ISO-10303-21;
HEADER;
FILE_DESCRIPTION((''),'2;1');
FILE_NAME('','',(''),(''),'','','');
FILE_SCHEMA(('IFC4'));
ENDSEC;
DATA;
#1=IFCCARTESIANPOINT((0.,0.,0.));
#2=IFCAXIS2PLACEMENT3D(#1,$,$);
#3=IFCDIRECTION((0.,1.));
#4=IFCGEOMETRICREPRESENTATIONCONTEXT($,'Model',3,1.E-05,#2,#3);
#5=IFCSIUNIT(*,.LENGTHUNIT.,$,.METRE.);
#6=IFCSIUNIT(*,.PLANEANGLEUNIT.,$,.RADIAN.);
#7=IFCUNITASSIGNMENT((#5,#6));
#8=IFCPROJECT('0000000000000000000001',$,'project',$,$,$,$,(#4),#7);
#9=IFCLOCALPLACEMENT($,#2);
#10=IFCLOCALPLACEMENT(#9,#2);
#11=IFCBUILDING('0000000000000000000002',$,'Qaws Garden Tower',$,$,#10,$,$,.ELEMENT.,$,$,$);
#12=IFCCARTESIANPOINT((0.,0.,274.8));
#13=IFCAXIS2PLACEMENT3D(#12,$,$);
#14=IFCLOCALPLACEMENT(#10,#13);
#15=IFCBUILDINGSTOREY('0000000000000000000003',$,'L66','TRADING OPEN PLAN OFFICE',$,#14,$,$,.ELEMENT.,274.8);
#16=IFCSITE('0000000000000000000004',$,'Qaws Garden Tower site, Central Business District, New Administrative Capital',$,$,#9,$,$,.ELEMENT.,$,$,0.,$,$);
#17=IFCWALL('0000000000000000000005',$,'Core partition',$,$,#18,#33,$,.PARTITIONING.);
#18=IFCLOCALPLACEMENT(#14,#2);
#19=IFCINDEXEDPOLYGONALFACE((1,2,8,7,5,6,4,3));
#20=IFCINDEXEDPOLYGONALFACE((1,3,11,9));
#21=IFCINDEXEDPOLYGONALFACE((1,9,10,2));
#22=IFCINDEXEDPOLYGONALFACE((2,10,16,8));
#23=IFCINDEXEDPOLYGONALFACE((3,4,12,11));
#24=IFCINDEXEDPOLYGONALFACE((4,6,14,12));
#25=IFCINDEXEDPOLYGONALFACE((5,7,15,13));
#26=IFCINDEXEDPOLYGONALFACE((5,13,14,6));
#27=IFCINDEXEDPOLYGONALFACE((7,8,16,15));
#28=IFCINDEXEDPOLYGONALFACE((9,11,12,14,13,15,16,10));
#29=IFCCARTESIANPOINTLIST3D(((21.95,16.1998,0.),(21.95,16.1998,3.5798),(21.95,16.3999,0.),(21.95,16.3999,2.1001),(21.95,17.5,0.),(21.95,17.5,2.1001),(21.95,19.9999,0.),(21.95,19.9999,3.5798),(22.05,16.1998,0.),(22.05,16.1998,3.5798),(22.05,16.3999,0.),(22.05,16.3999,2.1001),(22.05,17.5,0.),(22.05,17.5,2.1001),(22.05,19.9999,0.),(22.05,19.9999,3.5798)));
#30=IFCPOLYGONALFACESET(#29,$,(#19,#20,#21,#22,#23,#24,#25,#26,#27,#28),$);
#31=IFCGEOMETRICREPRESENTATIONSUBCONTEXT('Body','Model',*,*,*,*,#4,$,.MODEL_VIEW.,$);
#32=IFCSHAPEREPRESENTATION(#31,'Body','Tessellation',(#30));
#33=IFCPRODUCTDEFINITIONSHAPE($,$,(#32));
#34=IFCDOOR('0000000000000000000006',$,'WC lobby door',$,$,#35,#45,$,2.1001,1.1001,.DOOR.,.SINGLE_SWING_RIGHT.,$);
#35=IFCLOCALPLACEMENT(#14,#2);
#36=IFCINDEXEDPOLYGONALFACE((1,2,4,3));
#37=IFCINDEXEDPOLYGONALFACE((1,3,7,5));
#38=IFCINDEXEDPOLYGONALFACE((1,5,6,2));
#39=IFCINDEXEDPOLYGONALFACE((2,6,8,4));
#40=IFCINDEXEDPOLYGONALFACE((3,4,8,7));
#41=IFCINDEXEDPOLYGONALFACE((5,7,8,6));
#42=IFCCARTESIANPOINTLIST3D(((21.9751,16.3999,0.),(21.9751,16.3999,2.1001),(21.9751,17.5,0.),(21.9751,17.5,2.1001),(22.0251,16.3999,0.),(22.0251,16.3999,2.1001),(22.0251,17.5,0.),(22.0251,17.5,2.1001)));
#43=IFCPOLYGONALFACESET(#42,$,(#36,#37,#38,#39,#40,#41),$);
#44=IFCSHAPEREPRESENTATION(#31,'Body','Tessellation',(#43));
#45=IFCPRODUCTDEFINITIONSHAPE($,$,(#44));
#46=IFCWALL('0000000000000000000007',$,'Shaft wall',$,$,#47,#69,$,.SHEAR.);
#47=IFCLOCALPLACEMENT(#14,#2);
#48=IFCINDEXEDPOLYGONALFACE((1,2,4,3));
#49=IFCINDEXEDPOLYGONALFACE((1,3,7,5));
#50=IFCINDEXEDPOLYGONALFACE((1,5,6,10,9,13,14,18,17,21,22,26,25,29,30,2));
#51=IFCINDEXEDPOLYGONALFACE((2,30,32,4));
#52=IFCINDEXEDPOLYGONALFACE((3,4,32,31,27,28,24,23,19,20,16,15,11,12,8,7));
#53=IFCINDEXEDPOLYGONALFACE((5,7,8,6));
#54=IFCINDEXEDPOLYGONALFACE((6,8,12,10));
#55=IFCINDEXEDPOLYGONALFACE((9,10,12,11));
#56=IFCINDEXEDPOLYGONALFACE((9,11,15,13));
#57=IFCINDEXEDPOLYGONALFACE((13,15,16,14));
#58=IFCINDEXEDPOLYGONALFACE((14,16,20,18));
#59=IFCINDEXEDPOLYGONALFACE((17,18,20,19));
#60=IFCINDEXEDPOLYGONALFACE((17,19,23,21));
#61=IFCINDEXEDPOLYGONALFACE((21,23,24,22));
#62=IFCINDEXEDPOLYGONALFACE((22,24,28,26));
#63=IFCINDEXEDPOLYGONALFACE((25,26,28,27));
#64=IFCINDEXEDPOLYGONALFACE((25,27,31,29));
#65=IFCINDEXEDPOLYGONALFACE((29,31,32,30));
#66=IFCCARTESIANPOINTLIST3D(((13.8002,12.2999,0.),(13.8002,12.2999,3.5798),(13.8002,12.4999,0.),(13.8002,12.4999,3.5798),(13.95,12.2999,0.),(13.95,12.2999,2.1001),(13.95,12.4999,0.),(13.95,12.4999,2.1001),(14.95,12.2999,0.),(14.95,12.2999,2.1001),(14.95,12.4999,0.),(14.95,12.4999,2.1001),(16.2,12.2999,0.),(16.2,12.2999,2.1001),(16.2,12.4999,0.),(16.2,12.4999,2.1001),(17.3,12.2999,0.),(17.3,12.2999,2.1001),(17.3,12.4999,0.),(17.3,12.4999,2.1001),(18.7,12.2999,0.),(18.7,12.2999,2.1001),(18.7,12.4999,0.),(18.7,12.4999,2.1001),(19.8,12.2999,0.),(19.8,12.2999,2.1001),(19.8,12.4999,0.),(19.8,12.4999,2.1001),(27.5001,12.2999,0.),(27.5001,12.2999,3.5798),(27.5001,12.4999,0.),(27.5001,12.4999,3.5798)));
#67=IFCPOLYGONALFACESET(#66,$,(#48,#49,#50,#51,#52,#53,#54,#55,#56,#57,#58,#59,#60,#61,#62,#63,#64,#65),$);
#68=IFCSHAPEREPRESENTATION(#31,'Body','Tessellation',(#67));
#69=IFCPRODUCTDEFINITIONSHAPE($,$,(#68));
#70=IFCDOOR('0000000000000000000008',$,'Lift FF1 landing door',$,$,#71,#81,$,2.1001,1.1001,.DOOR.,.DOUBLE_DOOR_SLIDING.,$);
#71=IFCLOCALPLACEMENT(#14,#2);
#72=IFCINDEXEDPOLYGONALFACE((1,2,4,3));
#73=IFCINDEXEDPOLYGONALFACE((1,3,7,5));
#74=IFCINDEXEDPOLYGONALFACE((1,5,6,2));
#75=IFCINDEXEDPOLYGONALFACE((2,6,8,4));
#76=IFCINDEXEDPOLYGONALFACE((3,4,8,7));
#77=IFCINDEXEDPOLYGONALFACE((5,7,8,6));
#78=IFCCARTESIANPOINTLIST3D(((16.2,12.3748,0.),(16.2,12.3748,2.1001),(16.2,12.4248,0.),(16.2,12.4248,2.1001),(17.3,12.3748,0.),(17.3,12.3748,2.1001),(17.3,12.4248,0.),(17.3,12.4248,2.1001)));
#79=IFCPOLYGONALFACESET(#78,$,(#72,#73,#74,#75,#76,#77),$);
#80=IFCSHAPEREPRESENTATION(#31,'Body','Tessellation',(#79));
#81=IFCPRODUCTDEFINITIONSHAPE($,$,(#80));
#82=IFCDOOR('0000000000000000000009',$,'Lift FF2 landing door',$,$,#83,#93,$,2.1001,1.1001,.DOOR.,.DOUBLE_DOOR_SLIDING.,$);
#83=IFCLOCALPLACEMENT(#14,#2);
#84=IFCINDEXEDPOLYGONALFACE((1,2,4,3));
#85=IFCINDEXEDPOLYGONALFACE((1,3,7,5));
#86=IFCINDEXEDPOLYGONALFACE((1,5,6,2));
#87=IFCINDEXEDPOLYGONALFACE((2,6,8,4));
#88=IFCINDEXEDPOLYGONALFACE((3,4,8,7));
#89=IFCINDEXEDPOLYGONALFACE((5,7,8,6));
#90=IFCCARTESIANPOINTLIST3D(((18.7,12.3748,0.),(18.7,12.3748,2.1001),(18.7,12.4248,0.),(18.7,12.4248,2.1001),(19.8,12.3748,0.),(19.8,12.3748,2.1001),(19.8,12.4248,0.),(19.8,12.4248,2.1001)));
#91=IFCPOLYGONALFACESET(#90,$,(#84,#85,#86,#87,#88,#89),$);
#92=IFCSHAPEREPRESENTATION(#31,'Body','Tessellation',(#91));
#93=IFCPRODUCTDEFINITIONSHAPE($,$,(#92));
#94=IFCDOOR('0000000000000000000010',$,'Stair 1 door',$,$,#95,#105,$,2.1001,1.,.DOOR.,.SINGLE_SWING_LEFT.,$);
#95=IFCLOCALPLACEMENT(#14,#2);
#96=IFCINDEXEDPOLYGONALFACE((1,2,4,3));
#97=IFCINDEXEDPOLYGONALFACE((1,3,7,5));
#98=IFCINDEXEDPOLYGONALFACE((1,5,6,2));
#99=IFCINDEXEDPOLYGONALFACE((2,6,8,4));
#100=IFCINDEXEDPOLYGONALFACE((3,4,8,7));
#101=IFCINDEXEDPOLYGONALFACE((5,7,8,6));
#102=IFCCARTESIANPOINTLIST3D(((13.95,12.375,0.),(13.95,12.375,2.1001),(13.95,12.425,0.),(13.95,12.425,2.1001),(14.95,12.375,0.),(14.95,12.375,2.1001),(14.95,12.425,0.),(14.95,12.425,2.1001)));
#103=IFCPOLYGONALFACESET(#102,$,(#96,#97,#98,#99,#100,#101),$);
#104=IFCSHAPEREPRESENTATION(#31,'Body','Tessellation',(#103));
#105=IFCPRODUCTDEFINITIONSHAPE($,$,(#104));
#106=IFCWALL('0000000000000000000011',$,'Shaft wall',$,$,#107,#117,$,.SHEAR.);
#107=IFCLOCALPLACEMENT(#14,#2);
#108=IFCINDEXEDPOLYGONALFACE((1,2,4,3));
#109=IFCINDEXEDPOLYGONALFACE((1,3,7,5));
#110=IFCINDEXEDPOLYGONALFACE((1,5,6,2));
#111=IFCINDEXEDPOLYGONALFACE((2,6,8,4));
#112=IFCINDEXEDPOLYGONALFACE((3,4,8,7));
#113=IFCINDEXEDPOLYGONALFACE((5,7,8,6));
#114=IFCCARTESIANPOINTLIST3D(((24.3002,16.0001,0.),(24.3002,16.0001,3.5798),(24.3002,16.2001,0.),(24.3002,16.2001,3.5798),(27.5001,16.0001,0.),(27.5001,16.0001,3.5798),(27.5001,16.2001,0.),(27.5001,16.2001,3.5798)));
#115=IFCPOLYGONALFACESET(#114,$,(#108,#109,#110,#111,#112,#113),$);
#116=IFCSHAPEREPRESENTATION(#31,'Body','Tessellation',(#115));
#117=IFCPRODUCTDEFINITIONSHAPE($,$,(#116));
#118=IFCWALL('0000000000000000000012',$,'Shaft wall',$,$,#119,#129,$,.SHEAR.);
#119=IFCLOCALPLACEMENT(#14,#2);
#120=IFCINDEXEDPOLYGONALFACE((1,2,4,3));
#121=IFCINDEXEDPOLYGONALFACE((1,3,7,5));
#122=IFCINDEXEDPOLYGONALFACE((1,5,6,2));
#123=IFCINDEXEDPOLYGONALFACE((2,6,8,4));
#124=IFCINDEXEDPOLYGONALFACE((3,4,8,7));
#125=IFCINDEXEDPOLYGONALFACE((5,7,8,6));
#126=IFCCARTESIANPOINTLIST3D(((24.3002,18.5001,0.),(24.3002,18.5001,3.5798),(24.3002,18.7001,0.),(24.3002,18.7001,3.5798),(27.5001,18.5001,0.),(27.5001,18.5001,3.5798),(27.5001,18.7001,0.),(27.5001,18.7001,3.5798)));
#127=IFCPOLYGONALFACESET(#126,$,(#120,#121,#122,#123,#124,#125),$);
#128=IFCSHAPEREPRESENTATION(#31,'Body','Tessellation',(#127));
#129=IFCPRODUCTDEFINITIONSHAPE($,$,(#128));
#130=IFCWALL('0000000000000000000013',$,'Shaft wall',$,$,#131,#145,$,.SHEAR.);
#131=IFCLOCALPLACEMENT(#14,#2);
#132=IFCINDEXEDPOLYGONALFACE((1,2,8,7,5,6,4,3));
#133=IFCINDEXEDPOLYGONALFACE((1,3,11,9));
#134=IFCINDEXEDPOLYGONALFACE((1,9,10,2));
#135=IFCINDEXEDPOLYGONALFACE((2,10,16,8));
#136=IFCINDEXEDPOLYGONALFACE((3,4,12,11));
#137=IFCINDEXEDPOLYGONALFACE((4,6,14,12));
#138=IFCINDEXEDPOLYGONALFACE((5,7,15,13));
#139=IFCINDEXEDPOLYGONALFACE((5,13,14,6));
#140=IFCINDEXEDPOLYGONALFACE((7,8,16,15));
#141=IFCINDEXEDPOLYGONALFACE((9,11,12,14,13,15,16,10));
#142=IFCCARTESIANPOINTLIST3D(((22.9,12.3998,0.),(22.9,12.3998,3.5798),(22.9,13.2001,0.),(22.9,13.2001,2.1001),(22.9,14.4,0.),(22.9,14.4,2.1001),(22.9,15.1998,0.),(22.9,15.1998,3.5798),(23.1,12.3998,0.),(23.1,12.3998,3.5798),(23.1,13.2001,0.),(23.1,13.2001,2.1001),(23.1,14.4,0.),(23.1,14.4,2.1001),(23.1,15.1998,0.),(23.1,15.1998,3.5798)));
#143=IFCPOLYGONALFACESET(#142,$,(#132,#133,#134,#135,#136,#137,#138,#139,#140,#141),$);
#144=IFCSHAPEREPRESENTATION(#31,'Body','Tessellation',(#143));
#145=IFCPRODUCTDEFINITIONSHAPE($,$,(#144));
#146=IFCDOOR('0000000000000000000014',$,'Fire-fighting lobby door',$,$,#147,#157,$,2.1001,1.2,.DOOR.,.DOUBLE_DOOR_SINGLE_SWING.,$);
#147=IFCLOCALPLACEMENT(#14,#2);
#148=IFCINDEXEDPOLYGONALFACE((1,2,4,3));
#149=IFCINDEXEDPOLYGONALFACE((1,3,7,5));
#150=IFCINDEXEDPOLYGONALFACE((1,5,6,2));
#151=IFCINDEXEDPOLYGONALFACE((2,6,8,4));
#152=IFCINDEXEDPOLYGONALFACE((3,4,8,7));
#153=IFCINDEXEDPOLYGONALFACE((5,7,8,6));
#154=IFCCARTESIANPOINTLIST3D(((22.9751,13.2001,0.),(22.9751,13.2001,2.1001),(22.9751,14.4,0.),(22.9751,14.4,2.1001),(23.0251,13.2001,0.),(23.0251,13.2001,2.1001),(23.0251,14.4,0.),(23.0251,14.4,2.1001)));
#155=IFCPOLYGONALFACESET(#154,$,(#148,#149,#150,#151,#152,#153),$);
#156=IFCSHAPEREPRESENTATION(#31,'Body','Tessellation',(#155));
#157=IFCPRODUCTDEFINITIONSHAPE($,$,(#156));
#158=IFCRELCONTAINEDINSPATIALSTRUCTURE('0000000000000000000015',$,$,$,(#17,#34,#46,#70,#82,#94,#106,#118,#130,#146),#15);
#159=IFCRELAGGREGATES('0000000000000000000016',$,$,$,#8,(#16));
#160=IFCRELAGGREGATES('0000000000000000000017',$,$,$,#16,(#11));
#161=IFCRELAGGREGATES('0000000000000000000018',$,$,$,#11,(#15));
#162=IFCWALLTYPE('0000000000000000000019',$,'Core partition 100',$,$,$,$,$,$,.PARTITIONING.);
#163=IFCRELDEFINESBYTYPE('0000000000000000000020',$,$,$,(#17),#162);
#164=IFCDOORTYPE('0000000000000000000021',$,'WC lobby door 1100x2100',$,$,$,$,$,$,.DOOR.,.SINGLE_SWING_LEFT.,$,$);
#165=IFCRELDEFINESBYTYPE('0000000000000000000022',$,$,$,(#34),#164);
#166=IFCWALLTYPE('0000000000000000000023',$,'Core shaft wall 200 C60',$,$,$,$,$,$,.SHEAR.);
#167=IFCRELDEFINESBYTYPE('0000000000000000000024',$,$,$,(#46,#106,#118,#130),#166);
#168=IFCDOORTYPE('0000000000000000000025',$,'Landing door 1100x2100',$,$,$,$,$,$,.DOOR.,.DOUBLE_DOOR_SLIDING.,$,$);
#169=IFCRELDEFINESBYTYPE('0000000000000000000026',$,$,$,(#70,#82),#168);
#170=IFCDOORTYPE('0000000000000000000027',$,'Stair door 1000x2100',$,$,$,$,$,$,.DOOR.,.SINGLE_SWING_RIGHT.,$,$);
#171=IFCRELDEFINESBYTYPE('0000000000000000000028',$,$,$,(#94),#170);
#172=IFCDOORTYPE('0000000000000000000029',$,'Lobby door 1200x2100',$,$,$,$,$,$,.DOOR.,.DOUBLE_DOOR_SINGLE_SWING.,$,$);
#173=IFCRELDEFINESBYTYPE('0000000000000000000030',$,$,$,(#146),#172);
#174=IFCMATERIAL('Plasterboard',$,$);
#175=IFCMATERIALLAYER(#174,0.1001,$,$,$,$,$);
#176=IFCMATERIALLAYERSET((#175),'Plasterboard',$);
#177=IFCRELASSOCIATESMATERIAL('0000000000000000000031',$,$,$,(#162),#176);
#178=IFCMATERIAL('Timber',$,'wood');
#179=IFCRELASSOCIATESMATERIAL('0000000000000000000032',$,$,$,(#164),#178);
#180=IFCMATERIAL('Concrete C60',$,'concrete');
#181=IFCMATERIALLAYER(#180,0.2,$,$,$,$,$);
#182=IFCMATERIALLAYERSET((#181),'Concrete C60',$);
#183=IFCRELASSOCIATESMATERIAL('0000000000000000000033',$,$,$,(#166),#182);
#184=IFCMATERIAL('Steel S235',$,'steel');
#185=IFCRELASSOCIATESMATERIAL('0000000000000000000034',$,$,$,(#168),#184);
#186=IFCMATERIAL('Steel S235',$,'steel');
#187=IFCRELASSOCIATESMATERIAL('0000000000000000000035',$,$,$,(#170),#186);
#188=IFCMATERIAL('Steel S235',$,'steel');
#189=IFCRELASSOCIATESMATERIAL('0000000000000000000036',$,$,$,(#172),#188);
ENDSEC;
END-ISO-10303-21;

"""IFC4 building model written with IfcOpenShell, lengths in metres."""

from ifc_helpers import new_model, si_unit, direction, frame, frame_2d, origin, place, context, subcontext, project, spatial, rectangle, extrude, material, layer, layer_set, type_object, element, fill, save


model = new_model("IFC4")

# Units and contexts
model_context = context("Model", 3, precision=1e-05, world=origin(), true_north=direction((0.0, 1.0)))
body_context = subcontext(model_context, "Body", "Model", "MODEL_VIEW")
ifc_project = project(units=[si_unit("LENGTHUNIT", "METRE"), si_unit("PLANEANGLEUNIT", "RADIAN")], contexts=[model_context])

# Site, building, storey
site_placement = place(None, origin())
site = spatial("IfcSite", under=ifc_project, at=site_placement, Name="Qaws Garden Tower site, Central Business District, New Administrative Capital", CompositionType="ELEMENT", RefElevation=0.0)
building_placement = place(site_placement, origin())
building = spatial("IfcBuilding", under=site, at=building_placement, Name="Qaws Garden Tower", CompositionType="ELEMENT")
storey_placement = place(building_placement, frame((0.0, 0.0, 274.8)))
storey = spatial("IfcBuildingStorey", under=building, at=storey_placement, Name="L66", Description="TRADING OPEN PLAN OFFICE", CompositionType="ELEMENT", Elevation=274.8)

# Shared definitions
ifc_material_1 = material(Name="Plasterboard")
ifc_layer_1 = layer(ifc_material_1, 0.1001)
ifc_layer_set_1 = layer_set([ifc_layer_1], Name="Plasterboard")
wall_type_1 = type_object("IfcWallType", Name="Core partition 100", PredefinedType="PARTITIONING", material=ifc_layer_set_1)

# Wall, opening, door
wall_1_placement = place(storey_placement, frame((22.0, 16.2, 0.0), z_axis=(0.0, 0.0, 1.0), x_axis=(0.0, 1.0, 0.0)))
wall_1 = element("IfcWall", 1, at=wall_1_placement, inside=storey, type_object=wall_type_1, Name="Core partition", PredefinedType="PARTITIONING", context=body_context, shape_type="SweptSolid", body=[
    extrude(rectangle(XDim=3.8, YDim=0.1001, at=frame_2d((1.8999, 0.0))), origin(), (0.0, 0.0, 1.0), 3.5798),
])
opening_1_placement = place(wall_1_placement, frame((0.2, 0.0, 0.0)))
opening_1 = element("IfcOpeningElement", 2, at=opening_1_placement, cuts=wall_1, PredefinedType="OPENING", context=body_context, shape_type="SweptSolid", body=[
    extrude(rectangle(XDim=1.1001, YDim=2.1001, at=frame_2d((0.55, 1.05))), frame((0.0, 0.0601, 0.0), z_axis=(0.0, -1.0, 0.0), x_axis=(1.0, 0.0, 0.0)), (0.0, 0.0, 1.0), 0.1201),
])
ifc_material_2 = material(Name="Timber", Category="wood")
door_type_1 = type_object("IfcDoorType", Name="WC lobby door 1100x2100", OperationType="SINGLE_SWING_LEFT", PredefinedType="DOOR", material=ifc_material_2)
door_1_placement = place(opening_1_placement, origin())
door_1 = element("IfcDoor", 3, at=door_1_placement, inside=storey, type_object=door_type_1, Name="WC lobby door", OperationType="SINGLE_SWING_RIGHT", OverallHeight=2.1001, OverallWidth=1.1001, PredefinedType="DOOR", context=body_context, shape_type="SweptSolid", body=[
    extrude(rectangle(XDim=1.1001, YDim=2.1001, at=frame_2d((0.55, 1.05))), frame((0.0, 0.0249, 0.0), z_axis=(0.0, -1.0, 0.0), x_axis=(1.0, 0.0, 0.0)), (0.0, 0.0, 1.0), 0.05),
])
fill(opening_1, door_1)

# Wall, openings, doors
ifc_material_3 = material(Name="Concrete C60", Category="concrete")
ifc_layer_2 = layer(ifc_material_3, 0.2)
ifc_layer_set_2 = layer_set([ifc_layer_2], Name="Concrete C60")
wall_type_2 = type_object("IfcWallType", Name="Core shaft wall 200 C60", PredefinedType="SHEAR", material=ifc_layer_set_2)
wall_2_placement = place(storey_placement, frame((13.8, 12.3999, 0.0), z_axis=(0.0, 0.0, 1.0), x_axis=(1.0, 0.0, 0.0)))
wall_2 = element("IfcWall", 4, at=wall_2_placement, inside=storey, type_object=wall_type_2, Name="Shaft wall", PredefinedType="SHEAR", context=body_context, shape_type="SweptSolid", body=[
    extrude(rectangle(XDim=13.7, YDim=0.2, at=frame_2d((6.8501, 0.0))), origin(), (0.0, 0.0, 1.0), 3.5798),
])
opening_2_placement = place(wall_2_placement, frame((2.3999, 0.0, 0.0)))
opening_2 = element("IfcOpeningElement", 5, at=opening_2_placement, cuts=wall_2, PredefinedType="OPENING", context=body_context, shape_type="SweptSolid", body=[
    extrude(rectangle(XDim=1.1001, YDim=2.1001, at=frame_2d((0.55, 1.05))), frame((0.0, 0.1099, 0.0), z_axis=(0.0, -1.0, 0.0), x_axis=(1.0, 0.0, 0.0)), (0.0, 0.0, 1.0), 0.22),
])
opening_3_placement = place(wall_2_placement, frame((4.8999, 0.0, 0.0)))
opening_3 = element("IfcOpeningElement", 6, at=opening_3_placement, cuts=wall_2, PredefinedType="OPENING", context=body_context, shape_type="SweptSolid", body=[
    extrude(rectangle(XDim=1.1001, YDim=2.1001, at=frame_2d((0.55, 1.05))), frame((0.0, 0.1099, 0.0), z_axis=(0.0, -1.0, 0.0), x_axis=(1.0, 0.0, 0.0)), (0.0, 0.0, 1.0), 0.22),
])
opening_4_placement = place(wall_2_placement, frame((0.1499, 0.0, 0.0)))
opening_4 = element("IfcOpeningElement", 7, at=opening_4_placement, cuts=wall_2, PredefinedType="OPENING", context=body_context, shape_type="SweptSolid", body=[
    extrude(rectangle(XDim=1.0, YDim=2.1001, at=frame_2d((0.5, 1.05))), frame((0.0, 0.1099, 0.0), z_axis=(0.0, -1.0, 0.0), x_axis=(1.0, 0.0, 0.0)), (0.0, 0.0, 1.0), 0.22),
])
ifc_material_4 = material(Name="Steel S235", Category="steel")
door_type_2 = type_object("IfcDoorType", Name="Landing door 1100x2100", OperationType="DOUBLE_DOOR_SLIDING", PredefinedType="DOOR", material=ifc_material_4)
door_2_placement = place(opening_2_placement, origin())
door_2 = element("IfcDoor", 8, at=door_2_placement, inside=storey, type_object=door_type_2, Name="Lift FF1 landing door", OperationType="DOUBLE_DOOR_SLIDING", OverallHeight=2.1001, OverallWidth=1.1001, PredefinedType="DOOR", context=body_context, shape_type="SweptSolid", body=[
    extrude(rectangle(XDim=1.1001, YDim=2.1001, at=frame_2d((0.55, 1.05))), frame((0.0, 0.0249, 0.0), z_axis=(0.0, -1.0, 0.0), x_axis=(1.0, 0.0, 0.0)), (0.0, 0.0, 1.0), 0.05),
])
fill(opening_2, door_2)
door_3_placement = place(opening_3_placement, origin())
door_3 = element("IfcDoor", 9, at=door_3_placement, inside=storey, type_object=door_type_2, Name="Lift FF2 landing door", OperationType="DOUBLE_DOOR_SLIDING", OverallHeight=2.1001, OverallWidth=1.1001, PredefinedType="DOOR", context=body_context, shape_type="SweptSolid", body=[
    extrude(rectangle(XDim=1.1001, YDim=2.1001, at=frame_2d((0.55, 1.05))), frame((0.0, 0.0249, 0.0), z_axis=(0.0, -1.0, 0.0), x_axis=(1.0, 0.0, 0.0)), (0.0, 0.0, 1.0), 0.05),
])
fill(opening_3, door_3)
ifc_material_5 = material(Name="Steel S235", Category="steel")
door_type_3 = type_object("IfcDoorType", Name="Stair door 1000x2100", OperationType="SINGLE_SWING_RIGHT", PredefinedType="DOOR", material=ifc_material_5)
door_4_placement = place(opening_4_placement, frame((1.0, 0.0, 0.0), z_axis=(0.0, 0.0, 1.0), x_axis=(-1.0, 0.0, 0.0)))
door_4 = element("IfcDoor", 10, at=door_4_placement, inside=storey, type_object=door_type_3, Name="Stair 1 door", OperationType="SINGLE_SWING_LEFT", OverallHeight=2.1001, OverallWidth=1.0, PredefinedType="DOOR", context=body_context, shape_type="SweptSolid", body=[
    extrude(rectangle(XDim=1.0, YDim=2.1001, at=frame_2d((0.5, 1.05))), frame((0.0, 0.0249, 0.0), z_axis=(0.0, -1.0, 0.0), x_axis=(1.0, 0.0, 0.0)), (0.0, 0.0, 1.0), 0.05),
])
fill(opening_4, door_4)

# Walls
for number, where, z_axis, x_axis, name in (
    (11, (24.3, 16.1001, 0.0), (0.0, 0.0, 1.0), (1.0, 0.0, 0.0), "Shaft wall"),
    (12, (24.3, 18.6001, 0.0), (0.0, 0.0, 1.0), (1.0, 0.0, 0.0), "Shaft wall"),
):
    element("IfcWall", number, at=place(storey_placement, frame(where, z_axis=z_axis, x_axis=x_axis)), inside=storey, type_object=wall_type_2, Name=name, PredefinedType="SHEAR", context=body_context, shape_type="SweptSolid", body=[
        extrude(rectangle(XDim=3.2, YDim=0.2, at=frame_2d((1.6001, 0.0))), origin(), (0.0, 0.0, 1.0), 3.5798),
    ])

# Wall, opening, door
wall_3_placement = place(storey_placement, frame((23.0, 12.3999, 0.0), z_axis=(0.0, 0.0, 1.0), x_axis=(0.0, 1.0, 0.0)))
wall_3 = element("IfcWall", 13, at=wall_3_placement, inside=storey, type_object=wall_type_2, Name="Shaft wall", PredefinedType="SHEAR", context=body_context, shape_type="SweptSolid", body=[
    extrude(rectangle(XDim=2.8, YDim=0.2, at=frame_2d((1.3999, 0.0))), origin(), (0.0, 0.0, 1.0), 3.5798),
])
opening_5_placement = place(wall_3_placement, frame((0.8, 0.0, 0.0)))
opening_5 = element("IfcOpeningElement", 14, at=opening_5_placement, cuts=wall_3, PredefinedType="OPENING", context=body_context, shape_type="SweptSolid", body=[
    extrude(rectangle(XDim=1.2, YDim=2.1001, at=frame_2d((0.6001, 1.05))), frame((0.0, 0.1099, 0.0), z_axis=(0.0, -1.0, 0.0), x_axis=(1.0, 0.0, 0.0)), (0.0, 0.0, 1.0), 0.22),
])
ifc_material_6 = material(Name="Steel S235", Category="steel")
door_type_4 = type_object("IfcDoorType", Name="Lobby door 1200x2100", OperationType="DOUBLE_DOOR_SINGLE_SWING", PredefinedType="DOOR", material=ifc_material_6)
door_5_placement = place(opening_5_placement, origin())
door_5 = element("IfcDoor", 15, at=door_5_placement, inside=storey, type_object=door_type_4, Name="Fire-fighting lobby door", OperationType="DOUBLE_DOOR_SINGLE_SWING", OverallHeight=2.1001, OverallWidth=1.2, PredefinedType="DOOR", context=body_context, shape_type="SweptSolid", body=[
    extrude(rectangle(XDim=1.2, YDim=2.1001, at=frame_2d((0.6001, 1.05))), frame((0.0, 0.0249, 0.0), z_axis=(0.0, -1.0, 0.0), x_axis=(1.0, 0.0, 0.0)), (0.0, 0.0, 1.0), 0.05),
])
fill(opening_5, door_5)

save(model, "model.ifc")
